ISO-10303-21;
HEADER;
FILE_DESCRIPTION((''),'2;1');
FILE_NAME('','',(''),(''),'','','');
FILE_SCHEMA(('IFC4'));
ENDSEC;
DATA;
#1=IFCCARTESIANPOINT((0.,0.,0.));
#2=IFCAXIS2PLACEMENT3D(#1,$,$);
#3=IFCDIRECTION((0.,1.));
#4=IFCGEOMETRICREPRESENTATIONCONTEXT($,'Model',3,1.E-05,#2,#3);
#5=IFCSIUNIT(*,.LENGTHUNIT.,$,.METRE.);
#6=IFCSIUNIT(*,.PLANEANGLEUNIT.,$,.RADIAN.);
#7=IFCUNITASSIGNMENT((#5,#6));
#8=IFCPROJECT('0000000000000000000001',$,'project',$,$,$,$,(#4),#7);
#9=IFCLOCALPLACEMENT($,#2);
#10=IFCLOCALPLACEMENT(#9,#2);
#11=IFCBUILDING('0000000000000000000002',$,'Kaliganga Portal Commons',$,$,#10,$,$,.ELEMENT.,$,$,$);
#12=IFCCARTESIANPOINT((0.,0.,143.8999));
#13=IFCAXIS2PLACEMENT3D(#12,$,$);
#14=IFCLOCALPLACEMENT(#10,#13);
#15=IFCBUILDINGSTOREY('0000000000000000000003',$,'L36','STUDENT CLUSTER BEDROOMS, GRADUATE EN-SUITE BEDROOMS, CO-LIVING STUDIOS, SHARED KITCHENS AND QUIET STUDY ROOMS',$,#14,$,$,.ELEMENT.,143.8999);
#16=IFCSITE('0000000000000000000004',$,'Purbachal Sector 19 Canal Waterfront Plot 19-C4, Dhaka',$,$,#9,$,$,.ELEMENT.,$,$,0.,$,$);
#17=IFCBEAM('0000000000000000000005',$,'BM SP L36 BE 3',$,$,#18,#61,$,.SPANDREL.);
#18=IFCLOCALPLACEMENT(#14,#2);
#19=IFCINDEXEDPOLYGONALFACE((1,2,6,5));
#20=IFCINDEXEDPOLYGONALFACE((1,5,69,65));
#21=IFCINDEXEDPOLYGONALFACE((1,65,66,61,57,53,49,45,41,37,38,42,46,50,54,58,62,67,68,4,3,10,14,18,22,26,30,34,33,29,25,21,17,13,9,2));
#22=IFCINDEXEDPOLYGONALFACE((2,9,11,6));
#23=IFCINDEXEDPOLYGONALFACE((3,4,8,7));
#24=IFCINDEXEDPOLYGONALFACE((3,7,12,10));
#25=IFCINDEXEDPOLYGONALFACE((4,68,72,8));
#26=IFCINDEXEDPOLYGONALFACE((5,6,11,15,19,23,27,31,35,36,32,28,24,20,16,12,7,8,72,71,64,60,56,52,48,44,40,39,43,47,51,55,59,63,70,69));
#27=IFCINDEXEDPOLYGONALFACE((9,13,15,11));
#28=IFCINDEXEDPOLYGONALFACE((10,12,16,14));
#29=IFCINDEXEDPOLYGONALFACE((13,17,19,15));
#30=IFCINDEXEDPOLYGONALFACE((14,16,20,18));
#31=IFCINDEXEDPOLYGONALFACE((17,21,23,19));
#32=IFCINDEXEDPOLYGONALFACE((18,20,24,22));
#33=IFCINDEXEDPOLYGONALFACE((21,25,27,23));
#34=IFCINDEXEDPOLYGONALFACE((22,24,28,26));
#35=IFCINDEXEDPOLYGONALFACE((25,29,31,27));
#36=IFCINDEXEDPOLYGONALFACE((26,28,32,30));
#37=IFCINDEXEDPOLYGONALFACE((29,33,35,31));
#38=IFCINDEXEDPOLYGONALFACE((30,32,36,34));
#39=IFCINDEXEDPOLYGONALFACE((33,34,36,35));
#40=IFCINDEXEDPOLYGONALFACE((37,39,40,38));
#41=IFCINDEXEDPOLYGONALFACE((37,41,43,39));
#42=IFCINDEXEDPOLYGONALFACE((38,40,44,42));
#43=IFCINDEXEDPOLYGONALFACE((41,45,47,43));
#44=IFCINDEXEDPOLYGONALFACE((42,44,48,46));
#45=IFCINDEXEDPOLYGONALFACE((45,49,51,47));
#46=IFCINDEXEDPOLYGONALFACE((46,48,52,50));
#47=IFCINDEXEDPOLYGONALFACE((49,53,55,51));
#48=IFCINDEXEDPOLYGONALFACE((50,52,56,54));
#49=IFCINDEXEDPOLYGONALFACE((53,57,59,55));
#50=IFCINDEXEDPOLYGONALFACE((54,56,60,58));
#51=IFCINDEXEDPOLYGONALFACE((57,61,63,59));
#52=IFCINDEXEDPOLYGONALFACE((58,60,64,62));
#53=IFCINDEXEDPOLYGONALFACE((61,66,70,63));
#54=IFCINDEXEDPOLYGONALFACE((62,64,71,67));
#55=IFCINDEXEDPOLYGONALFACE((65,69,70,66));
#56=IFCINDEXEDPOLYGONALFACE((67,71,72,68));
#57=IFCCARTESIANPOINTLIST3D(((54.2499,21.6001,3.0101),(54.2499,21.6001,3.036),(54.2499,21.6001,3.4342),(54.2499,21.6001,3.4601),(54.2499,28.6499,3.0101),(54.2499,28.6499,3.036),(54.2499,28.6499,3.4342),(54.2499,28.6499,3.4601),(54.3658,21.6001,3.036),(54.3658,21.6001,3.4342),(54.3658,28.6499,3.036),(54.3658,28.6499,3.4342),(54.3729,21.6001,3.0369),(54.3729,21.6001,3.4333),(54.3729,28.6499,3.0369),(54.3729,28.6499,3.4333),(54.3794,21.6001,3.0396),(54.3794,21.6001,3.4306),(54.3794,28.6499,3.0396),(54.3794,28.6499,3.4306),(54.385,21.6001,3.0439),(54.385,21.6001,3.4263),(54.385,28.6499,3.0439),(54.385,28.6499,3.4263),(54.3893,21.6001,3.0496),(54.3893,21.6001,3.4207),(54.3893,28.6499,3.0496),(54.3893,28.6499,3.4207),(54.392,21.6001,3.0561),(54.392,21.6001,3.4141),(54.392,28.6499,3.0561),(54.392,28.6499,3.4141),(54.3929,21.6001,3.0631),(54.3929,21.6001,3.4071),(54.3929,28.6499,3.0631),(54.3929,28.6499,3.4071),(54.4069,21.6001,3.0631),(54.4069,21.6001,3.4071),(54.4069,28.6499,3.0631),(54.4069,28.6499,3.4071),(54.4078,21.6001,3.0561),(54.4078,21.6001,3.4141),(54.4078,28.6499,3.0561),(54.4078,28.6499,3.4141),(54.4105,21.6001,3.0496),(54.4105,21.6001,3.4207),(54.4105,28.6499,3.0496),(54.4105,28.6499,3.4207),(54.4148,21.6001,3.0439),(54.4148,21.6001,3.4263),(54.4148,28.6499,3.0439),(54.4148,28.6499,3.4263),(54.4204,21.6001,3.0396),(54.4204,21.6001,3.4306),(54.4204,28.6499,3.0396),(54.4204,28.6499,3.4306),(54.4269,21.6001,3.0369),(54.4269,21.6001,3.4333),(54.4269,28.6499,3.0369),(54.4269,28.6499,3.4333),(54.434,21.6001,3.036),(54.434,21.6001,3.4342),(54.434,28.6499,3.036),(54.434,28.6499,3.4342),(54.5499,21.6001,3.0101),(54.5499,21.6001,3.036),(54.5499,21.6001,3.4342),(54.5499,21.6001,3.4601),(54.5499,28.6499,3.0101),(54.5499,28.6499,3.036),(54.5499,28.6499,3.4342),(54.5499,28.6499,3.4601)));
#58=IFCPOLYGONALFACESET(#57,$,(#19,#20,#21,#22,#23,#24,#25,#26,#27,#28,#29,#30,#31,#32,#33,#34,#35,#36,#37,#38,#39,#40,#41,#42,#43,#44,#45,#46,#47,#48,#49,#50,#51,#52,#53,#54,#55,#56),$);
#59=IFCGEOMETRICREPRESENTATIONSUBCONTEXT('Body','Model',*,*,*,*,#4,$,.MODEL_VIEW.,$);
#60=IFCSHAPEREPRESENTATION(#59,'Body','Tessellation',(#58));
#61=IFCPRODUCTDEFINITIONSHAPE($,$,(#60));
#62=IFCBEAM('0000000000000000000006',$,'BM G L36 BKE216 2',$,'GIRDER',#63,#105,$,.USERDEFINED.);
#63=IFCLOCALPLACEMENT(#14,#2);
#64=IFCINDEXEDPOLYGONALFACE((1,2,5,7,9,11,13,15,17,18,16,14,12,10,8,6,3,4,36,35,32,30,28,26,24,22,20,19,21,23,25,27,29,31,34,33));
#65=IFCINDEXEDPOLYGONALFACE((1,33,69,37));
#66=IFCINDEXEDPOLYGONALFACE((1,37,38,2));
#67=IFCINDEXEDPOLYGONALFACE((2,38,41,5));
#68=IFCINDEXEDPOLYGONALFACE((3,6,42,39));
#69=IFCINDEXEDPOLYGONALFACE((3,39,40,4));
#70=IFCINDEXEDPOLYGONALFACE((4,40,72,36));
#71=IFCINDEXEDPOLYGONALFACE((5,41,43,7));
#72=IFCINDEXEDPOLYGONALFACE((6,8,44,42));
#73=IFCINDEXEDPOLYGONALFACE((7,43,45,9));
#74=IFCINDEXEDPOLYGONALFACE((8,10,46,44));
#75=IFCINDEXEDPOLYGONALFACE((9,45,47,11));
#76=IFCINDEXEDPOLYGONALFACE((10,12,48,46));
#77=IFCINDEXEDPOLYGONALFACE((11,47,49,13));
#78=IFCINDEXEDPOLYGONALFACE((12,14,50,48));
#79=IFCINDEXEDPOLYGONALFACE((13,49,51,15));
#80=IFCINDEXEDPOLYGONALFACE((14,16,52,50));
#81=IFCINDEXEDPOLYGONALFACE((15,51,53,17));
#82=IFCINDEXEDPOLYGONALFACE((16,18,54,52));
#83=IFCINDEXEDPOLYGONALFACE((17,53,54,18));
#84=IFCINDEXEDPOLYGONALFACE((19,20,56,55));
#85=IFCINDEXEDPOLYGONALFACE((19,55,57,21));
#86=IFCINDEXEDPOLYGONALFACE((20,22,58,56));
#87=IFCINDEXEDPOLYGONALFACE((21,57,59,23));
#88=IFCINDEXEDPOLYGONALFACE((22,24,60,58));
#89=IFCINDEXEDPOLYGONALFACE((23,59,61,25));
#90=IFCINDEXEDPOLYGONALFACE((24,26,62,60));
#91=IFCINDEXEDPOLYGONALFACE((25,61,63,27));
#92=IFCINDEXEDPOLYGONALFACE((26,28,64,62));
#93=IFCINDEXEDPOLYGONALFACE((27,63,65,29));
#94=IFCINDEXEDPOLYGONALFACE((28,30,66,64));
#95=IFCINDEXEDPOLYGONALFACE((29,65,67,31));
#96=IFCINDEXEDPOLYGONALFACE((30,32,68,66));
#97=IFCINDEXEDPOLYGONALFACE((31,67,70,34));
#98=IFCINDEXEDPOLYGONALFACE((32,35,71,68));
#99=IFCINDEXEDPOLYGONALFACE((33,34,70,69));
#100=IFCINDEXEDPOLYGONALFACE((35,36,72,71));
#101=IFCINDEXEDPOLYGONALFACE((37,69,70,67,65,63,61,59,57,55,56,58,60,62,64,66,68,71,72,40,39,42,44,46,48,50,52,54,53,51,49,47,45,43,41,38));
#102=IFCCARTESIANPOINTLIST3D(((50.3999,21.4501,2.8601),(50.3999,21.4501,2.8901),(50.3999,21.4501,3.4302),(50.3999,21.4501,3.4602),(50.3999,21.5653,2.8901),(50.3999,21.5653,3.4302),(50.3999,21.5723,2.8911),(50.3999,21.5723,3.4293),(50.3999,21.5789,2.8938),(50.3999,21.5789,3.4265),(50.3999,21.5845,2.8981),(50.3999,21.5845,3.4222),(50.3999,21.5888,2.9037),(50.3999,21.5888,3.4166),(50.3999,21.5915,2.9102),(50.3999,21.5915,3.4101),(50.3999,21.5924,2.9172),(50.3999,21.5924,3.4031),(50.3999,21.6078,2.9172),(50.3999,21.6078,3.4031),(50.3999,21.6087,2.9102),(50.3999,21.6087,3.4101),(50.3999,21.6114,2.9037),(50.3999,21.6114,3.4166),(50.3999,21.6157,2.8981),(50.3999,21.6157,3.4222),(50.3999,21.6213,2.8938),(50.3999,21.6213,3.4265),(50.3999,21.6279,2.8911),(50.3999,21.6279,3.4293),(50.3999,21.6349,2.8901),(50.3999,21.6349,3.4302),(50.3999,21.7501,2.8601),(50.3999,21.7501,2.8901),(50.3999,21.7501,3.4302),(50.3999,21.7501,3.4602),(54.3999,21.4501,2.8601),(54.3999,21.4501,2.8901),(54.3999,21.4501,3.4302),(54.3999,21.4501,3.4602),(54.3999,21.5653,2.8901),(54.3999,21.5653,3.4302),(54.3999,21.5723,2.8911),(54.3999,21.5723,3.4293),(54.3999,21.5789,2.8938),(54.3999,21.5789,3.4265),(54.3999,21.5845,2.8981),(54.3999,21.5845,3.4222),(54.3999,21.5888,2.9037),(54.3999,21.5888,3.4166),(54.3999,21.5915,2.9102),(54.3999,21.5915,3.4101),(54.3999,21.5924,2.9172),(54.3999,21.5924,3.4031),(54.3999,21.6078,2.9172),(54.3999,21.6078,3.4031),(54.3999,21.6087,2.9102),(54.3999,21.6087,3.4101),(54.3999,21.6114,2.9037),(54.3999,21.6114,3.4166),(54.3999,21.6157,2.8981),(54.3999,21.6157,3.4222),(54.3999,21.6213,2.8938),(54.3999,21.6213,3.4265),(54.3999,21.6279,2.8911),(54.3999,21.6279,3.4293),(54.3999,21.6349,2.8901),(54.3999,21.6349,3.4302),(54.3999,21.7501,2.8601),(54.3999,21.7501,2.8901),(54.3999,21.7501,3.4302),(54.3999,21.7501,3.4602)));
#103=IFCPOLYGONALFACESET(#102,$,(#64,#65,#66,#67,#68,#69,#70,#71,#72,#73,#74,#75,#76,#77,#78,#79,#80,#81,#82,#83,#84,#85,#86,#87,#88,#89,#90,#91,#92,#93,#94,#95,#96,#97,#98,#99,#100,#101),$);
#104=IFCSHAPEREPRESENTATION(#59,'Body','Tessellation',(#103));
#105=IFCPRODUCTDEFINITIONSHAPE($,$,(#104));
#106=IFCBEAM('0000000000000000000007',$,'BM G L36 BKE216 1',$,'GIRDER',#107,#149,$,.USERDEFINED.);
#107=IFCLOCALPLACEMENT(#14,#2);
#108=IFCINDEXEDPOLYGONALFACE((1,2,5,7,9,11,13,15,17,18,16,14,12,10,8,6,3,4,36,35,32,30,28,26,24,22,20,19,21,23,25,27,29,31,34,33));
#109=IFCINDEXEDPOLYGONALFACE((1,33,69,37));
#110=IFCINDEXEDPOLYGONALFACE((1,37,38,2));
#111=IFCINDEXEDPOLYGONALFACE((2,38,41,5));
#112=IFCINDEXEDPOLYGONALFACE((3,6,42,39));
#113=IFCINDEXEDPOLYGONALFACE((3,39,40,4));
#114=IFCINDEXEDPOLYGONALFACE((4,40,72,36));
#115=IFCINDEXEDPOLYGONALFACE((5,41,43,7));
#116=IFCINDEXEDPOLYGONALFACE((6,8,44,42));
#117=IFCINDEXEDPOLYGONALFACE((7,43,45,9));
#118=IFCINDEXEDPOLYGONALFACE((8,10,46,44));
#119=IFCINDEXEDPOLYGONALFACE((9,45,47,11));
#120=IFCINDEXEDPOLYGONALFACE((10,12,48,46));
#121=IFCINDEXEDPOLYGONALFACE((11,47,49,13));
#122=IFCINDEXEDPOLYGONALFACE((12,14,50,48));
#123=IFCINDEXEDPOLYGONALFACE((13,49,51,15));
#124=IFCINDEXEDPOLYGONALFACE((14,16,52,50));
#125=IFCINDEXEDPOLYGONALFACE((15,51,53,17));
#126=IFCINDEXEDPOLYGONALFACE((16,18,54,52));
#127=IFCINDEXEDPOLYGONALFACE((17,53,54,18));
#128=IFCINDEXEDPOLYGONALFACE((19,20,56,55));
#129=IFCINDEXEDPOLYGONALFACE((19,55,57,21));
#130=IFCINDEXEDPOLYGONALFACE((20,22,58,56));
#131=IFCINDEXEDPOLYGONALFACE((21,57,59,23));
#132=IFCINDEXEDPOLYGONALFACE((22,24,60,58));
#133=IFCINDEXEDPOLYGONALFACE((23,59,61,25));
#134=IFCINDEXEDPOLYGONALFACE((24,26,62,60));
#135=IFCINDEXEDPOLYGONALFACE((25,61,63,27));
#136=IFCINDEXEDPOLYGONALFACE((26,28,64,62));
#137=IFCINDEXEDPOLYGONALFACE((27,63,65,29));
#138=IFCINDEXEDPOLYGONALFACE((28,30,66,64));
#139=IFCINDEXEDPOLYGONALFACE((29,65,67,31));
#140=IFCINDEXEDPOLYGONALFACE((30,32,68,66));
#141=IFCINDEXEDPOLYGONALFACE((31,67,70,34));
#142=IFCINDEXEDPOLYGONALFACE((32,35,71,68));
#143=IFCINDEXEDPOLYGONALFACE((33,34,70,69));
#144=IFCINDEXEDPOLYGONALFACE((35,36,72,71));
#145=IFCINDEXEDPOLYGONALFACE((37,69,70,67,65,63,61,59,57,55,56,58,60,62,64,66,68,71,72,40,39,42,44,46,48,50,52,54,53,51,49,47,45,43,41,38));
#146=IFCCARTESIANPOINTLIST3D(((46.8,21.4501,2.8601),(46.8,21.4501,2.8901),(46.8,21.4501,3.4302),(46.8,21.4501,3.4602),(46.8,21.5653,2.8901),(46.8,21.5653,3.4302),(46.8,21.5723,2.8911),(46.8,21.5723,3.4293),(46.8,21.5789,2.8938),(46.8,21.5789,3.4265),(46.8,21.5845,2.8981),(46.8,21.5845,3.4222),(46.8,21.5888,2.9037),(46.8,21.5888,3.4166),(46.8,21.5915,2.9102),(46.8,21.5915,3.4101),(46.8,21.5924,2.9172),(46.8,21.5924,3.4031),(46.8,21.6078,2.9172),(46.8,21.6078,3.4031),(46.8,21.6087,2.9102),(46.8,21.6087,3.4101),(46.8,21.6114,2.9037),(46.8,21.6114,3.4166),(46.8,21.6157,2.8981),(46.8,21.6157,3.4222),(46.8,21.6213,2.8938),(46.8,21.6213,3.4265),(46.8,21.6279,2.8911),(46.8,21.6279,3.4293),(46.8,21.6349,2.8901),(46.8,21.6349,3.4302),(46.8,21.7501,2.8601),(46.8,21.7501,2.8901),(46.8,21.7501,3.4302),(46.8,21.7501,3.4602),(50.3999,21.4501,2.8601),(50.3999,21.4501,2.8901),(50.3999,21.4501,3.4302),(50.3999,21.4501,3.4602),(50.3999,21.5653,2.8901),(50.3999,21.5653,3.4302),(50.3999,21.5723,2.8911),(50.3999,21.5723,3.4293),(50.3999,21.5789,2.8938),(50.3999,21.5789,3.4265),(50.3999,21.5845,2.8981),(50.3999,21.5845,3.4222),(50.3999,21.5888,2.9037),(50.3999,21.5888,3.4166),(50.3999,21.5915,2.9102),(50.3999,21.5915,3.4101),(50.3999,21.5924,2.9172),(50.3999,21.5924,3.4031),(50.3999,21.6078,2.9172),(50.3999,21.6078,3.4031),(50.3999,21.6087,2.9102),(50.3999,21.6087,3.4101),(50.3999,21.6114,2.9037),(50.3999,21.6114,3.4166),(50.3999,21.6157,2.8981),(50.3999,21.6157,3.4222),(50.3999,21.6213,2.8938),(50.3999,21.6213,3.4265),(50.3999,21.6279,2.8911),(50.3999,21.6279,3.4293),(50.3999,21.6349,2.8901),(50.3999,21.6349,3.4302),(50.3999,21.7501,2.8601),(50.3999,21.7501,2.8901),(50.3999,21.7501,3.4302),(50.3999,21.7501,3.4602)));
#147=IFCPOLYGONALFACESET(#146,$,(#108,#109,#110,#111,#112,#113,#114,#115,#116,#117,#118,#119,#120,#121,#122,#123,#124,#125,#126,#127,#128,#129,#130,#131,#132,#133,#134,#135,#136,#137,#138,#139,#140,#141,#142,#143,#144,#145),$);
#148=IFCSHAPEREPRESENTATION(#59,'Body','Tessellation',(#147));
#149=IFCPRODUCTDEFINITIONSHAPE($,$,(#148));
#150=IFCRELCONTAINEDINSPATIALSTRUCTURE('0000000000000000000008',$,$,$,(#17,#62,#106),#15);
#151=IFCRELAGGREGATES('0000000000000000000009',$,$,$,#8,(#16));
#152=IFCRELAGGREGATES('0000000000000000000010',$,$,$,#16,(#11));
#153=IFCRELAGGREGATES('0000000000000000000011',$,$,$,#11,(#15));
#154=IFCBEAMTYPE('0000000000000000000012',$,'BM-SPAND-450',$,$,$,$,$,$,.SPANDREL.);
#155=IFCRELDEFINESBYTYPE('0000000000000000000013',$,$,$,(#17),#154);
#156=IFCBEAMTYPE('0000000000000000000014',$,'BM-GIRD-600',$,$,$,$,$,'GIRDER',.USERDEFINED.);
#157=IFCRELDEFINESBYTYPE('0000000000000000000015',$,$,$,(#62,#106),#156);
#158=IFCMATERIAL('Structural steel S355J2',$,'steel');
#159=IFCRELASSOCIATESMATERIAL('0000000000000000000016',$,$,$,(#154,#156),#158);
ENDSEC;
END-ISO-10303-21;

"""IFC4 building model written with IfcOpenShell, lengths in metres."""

from ifc_helpers import new_model, si_unit, direction, frame, origin, origin_2d, place, context, subcontext, project, spatial, i_section, extrude, source, transform, mapped, material, material_profile, profile_set, type_object, element, save


model = new_model("IFC4")

# Units and contexts
model_context = context("Model", 3, precision=1e-05, world=origin(), true_north=direction((0.0, 1.0)))
body_context = subcontext(model_context, "Body", "Model", "MODEL_VIEW")
ifc_project = project(units=[si_unit("LENGTHUNIT", "METRE"), si_unit("PLANEANGLEUNIT", "RADIAN")], contexts=[model_context])

# Site, building, storey
site_placement = place(None, origin())
site = spatial("IfcSite", under=ifc_project, at=site_placement, Name="Purbachal Sector 19 Canal Waterfront Plot 19-C4, Dhaka", CompositionType="ELEMENT", RefElevation=0.0)
building_placement = place(site_placement, origin())
building = spatial("IfcBuilding", under=site, at=building_placement, Name="Kaliganga Portal Commons", CompositionType="ELEMENT")
storey_placement = place(building_placement, frame((0.0, 0.0, 143.8999)))
storey = spatial("IfcBuildingStorey", under=building, at=storey_placement, Name="L36", Description="STUDENT CLUSTER BEDROOMS, GRADUATE EN-SUITE BEDROOMS, CO-LIVING STUDIOS, SHARED KITCHENS AND QUIET STUDY ROOMS", CompositionType="ELEMENT", Elevation=143.8999)

# Beams
ifc_material_1 = material(Name="Structural steel S355J2", Category="steel")
ifc_material_profile_1 = material_profile(ifc_material_1, i_section(OverallWidth=0.3, OverallDepth=0.45, WebThickness=0.0139, FlangeThickness=0.0259, FilletRadius=0.0271, at=origin_2d()), Name="HE 450 B")
ifc_profile_set_1 = profile_set([ifc_material_profile_1], Name="Structural steel S355J2 wide-flange")
beam_type_1 = type_object("IfcBeamType", Name="BM-SPAND-450", PredefinedType="SPANDREL", material=ifc_profile_set_1)
shared_shape_1 = source(origin(), body_context, "Body", "SweptSolid", [
    extrude(i_section(OverallWidth=0.3, OverallDepth=0.45, WebThickness=0.0139, FlangeThickness=0.0259, FilletRadius=0.0271, at=origin_2d()), origin(), (0.0, 0.0, 1.0), 7.0498),
])
beam_1_placement = place(storey_placement, frame((54.3999, 21.6001, 3.2351), z_axis=(0.0, 1.0, 0.0), x_axis=(-1.0, 0.0, 0.0)))
element("IfcBeam", 1, at=beam_1_placement, inside=storey, type_object=beam_type_1, Name="BM SP L36 BE 3", PredefinedType="SPANDREL", context=body_context, shape_type="MappedRepresentation", body=[
    mapped(shared_shape_1, transform((0.0, 0.0, 0.0), x_axis=(1.0, 0.0, 0.0), y_axis=(0.0, 1.0, 0.0), z_axis=(0.0, 0.0, 1.0), scale=1.0)),
])
ifc_material_profile_2 = material_profile(ifc_material_1, i_section(OverallWidth=0.3, OverallDepth=0.6001, WebThickness=0.0154, FlangeThickness=0.03, FilletRadius=0.0271, at=origin_2d()), Name="HE 600 B")
ifc_profile_set_2 = profile_set([ifc_material_profile_2], Name="Structural steel S355J2 wide-flange")
beam_type_2 = type_object("IfcBeamType", Name="BM-GIRD-600", ElementType="GIRDER", PredefinedType="USERDEFINED", material=ifc_profile_set_2)
shared_shape_2 = source(origin(), body_context, "Body", "SweptSolid", [
    extrude(i_section(OverallWidth=0.3, OverallDepth=0.6001, WebThickness=0.0154, FlangeThickness=0.03, FilletRadius=0.0271, at=origin_2d()), origin(), (0.0, 0.0, 1.0), 4.0),
])
beam_2_placement = place(storey_placement, frame((50.3999, 21.6001, 3.1602), z_axis=(1.0, 0.0, 0.0), x_axis=(0.0, 1.0, 0.0)))
element("IfcBeam", 2, at=beam_2_placement, inside=storey, type_object=beam_type_2, Name="BM G L36 BKE216 2", ObjectType="GIRDER", PredefinedType="USERDEFINED", context=body_context, shape_type="MappedRepresentation", body=[
    mapped(shared_shape_2, transform((0.0, 0.0, 0.0), x_axis=(1.0, 0.0, 0.0), y_axis=(0.0, 1.0, 0.0), z_axis=(0.0, 0.0, 1.0), scale=1.0)),
])
shared_shape_3 = source(origin(), body_context, "Body", "SweptSolid", [
    extrude(i_section(OverallWidth=0.3, OverallDepth=0.6001, WebThickness=0.0154, FlangeThickness=0.03, FilletRadius=0.0271, at=origin_2d()), origin(), (0.0, 0.0, 1.0), 3.5999),
])
beam_3_placement = place(storey_placement, frame((46.8, 21.6001, 3.1602), z_axis=(1.0, 0.0, 0.0), x_axis=(0.0, 1.0, 0.0)))
element("IfcBeam", 3, at=beam_3_placement, inside=storey, type_object=beam_type_2, Name="BM G L36 BKE216 1", ObjectType="GIRDER", PredefinedType="USERDEFINED", context=body_context, shape_type="MappedRepresentation", body=[
    mapped(shared_shape_3, transform((0.0, 0.0, 0.0), x_axis=(1.0, 0.0, 0.0), y_axis=(0.0, 1.0, 0.0), z_axis=(0.0, 0.0, 1.0), scale=1.0)),
])

save(model, "model.ifc")
